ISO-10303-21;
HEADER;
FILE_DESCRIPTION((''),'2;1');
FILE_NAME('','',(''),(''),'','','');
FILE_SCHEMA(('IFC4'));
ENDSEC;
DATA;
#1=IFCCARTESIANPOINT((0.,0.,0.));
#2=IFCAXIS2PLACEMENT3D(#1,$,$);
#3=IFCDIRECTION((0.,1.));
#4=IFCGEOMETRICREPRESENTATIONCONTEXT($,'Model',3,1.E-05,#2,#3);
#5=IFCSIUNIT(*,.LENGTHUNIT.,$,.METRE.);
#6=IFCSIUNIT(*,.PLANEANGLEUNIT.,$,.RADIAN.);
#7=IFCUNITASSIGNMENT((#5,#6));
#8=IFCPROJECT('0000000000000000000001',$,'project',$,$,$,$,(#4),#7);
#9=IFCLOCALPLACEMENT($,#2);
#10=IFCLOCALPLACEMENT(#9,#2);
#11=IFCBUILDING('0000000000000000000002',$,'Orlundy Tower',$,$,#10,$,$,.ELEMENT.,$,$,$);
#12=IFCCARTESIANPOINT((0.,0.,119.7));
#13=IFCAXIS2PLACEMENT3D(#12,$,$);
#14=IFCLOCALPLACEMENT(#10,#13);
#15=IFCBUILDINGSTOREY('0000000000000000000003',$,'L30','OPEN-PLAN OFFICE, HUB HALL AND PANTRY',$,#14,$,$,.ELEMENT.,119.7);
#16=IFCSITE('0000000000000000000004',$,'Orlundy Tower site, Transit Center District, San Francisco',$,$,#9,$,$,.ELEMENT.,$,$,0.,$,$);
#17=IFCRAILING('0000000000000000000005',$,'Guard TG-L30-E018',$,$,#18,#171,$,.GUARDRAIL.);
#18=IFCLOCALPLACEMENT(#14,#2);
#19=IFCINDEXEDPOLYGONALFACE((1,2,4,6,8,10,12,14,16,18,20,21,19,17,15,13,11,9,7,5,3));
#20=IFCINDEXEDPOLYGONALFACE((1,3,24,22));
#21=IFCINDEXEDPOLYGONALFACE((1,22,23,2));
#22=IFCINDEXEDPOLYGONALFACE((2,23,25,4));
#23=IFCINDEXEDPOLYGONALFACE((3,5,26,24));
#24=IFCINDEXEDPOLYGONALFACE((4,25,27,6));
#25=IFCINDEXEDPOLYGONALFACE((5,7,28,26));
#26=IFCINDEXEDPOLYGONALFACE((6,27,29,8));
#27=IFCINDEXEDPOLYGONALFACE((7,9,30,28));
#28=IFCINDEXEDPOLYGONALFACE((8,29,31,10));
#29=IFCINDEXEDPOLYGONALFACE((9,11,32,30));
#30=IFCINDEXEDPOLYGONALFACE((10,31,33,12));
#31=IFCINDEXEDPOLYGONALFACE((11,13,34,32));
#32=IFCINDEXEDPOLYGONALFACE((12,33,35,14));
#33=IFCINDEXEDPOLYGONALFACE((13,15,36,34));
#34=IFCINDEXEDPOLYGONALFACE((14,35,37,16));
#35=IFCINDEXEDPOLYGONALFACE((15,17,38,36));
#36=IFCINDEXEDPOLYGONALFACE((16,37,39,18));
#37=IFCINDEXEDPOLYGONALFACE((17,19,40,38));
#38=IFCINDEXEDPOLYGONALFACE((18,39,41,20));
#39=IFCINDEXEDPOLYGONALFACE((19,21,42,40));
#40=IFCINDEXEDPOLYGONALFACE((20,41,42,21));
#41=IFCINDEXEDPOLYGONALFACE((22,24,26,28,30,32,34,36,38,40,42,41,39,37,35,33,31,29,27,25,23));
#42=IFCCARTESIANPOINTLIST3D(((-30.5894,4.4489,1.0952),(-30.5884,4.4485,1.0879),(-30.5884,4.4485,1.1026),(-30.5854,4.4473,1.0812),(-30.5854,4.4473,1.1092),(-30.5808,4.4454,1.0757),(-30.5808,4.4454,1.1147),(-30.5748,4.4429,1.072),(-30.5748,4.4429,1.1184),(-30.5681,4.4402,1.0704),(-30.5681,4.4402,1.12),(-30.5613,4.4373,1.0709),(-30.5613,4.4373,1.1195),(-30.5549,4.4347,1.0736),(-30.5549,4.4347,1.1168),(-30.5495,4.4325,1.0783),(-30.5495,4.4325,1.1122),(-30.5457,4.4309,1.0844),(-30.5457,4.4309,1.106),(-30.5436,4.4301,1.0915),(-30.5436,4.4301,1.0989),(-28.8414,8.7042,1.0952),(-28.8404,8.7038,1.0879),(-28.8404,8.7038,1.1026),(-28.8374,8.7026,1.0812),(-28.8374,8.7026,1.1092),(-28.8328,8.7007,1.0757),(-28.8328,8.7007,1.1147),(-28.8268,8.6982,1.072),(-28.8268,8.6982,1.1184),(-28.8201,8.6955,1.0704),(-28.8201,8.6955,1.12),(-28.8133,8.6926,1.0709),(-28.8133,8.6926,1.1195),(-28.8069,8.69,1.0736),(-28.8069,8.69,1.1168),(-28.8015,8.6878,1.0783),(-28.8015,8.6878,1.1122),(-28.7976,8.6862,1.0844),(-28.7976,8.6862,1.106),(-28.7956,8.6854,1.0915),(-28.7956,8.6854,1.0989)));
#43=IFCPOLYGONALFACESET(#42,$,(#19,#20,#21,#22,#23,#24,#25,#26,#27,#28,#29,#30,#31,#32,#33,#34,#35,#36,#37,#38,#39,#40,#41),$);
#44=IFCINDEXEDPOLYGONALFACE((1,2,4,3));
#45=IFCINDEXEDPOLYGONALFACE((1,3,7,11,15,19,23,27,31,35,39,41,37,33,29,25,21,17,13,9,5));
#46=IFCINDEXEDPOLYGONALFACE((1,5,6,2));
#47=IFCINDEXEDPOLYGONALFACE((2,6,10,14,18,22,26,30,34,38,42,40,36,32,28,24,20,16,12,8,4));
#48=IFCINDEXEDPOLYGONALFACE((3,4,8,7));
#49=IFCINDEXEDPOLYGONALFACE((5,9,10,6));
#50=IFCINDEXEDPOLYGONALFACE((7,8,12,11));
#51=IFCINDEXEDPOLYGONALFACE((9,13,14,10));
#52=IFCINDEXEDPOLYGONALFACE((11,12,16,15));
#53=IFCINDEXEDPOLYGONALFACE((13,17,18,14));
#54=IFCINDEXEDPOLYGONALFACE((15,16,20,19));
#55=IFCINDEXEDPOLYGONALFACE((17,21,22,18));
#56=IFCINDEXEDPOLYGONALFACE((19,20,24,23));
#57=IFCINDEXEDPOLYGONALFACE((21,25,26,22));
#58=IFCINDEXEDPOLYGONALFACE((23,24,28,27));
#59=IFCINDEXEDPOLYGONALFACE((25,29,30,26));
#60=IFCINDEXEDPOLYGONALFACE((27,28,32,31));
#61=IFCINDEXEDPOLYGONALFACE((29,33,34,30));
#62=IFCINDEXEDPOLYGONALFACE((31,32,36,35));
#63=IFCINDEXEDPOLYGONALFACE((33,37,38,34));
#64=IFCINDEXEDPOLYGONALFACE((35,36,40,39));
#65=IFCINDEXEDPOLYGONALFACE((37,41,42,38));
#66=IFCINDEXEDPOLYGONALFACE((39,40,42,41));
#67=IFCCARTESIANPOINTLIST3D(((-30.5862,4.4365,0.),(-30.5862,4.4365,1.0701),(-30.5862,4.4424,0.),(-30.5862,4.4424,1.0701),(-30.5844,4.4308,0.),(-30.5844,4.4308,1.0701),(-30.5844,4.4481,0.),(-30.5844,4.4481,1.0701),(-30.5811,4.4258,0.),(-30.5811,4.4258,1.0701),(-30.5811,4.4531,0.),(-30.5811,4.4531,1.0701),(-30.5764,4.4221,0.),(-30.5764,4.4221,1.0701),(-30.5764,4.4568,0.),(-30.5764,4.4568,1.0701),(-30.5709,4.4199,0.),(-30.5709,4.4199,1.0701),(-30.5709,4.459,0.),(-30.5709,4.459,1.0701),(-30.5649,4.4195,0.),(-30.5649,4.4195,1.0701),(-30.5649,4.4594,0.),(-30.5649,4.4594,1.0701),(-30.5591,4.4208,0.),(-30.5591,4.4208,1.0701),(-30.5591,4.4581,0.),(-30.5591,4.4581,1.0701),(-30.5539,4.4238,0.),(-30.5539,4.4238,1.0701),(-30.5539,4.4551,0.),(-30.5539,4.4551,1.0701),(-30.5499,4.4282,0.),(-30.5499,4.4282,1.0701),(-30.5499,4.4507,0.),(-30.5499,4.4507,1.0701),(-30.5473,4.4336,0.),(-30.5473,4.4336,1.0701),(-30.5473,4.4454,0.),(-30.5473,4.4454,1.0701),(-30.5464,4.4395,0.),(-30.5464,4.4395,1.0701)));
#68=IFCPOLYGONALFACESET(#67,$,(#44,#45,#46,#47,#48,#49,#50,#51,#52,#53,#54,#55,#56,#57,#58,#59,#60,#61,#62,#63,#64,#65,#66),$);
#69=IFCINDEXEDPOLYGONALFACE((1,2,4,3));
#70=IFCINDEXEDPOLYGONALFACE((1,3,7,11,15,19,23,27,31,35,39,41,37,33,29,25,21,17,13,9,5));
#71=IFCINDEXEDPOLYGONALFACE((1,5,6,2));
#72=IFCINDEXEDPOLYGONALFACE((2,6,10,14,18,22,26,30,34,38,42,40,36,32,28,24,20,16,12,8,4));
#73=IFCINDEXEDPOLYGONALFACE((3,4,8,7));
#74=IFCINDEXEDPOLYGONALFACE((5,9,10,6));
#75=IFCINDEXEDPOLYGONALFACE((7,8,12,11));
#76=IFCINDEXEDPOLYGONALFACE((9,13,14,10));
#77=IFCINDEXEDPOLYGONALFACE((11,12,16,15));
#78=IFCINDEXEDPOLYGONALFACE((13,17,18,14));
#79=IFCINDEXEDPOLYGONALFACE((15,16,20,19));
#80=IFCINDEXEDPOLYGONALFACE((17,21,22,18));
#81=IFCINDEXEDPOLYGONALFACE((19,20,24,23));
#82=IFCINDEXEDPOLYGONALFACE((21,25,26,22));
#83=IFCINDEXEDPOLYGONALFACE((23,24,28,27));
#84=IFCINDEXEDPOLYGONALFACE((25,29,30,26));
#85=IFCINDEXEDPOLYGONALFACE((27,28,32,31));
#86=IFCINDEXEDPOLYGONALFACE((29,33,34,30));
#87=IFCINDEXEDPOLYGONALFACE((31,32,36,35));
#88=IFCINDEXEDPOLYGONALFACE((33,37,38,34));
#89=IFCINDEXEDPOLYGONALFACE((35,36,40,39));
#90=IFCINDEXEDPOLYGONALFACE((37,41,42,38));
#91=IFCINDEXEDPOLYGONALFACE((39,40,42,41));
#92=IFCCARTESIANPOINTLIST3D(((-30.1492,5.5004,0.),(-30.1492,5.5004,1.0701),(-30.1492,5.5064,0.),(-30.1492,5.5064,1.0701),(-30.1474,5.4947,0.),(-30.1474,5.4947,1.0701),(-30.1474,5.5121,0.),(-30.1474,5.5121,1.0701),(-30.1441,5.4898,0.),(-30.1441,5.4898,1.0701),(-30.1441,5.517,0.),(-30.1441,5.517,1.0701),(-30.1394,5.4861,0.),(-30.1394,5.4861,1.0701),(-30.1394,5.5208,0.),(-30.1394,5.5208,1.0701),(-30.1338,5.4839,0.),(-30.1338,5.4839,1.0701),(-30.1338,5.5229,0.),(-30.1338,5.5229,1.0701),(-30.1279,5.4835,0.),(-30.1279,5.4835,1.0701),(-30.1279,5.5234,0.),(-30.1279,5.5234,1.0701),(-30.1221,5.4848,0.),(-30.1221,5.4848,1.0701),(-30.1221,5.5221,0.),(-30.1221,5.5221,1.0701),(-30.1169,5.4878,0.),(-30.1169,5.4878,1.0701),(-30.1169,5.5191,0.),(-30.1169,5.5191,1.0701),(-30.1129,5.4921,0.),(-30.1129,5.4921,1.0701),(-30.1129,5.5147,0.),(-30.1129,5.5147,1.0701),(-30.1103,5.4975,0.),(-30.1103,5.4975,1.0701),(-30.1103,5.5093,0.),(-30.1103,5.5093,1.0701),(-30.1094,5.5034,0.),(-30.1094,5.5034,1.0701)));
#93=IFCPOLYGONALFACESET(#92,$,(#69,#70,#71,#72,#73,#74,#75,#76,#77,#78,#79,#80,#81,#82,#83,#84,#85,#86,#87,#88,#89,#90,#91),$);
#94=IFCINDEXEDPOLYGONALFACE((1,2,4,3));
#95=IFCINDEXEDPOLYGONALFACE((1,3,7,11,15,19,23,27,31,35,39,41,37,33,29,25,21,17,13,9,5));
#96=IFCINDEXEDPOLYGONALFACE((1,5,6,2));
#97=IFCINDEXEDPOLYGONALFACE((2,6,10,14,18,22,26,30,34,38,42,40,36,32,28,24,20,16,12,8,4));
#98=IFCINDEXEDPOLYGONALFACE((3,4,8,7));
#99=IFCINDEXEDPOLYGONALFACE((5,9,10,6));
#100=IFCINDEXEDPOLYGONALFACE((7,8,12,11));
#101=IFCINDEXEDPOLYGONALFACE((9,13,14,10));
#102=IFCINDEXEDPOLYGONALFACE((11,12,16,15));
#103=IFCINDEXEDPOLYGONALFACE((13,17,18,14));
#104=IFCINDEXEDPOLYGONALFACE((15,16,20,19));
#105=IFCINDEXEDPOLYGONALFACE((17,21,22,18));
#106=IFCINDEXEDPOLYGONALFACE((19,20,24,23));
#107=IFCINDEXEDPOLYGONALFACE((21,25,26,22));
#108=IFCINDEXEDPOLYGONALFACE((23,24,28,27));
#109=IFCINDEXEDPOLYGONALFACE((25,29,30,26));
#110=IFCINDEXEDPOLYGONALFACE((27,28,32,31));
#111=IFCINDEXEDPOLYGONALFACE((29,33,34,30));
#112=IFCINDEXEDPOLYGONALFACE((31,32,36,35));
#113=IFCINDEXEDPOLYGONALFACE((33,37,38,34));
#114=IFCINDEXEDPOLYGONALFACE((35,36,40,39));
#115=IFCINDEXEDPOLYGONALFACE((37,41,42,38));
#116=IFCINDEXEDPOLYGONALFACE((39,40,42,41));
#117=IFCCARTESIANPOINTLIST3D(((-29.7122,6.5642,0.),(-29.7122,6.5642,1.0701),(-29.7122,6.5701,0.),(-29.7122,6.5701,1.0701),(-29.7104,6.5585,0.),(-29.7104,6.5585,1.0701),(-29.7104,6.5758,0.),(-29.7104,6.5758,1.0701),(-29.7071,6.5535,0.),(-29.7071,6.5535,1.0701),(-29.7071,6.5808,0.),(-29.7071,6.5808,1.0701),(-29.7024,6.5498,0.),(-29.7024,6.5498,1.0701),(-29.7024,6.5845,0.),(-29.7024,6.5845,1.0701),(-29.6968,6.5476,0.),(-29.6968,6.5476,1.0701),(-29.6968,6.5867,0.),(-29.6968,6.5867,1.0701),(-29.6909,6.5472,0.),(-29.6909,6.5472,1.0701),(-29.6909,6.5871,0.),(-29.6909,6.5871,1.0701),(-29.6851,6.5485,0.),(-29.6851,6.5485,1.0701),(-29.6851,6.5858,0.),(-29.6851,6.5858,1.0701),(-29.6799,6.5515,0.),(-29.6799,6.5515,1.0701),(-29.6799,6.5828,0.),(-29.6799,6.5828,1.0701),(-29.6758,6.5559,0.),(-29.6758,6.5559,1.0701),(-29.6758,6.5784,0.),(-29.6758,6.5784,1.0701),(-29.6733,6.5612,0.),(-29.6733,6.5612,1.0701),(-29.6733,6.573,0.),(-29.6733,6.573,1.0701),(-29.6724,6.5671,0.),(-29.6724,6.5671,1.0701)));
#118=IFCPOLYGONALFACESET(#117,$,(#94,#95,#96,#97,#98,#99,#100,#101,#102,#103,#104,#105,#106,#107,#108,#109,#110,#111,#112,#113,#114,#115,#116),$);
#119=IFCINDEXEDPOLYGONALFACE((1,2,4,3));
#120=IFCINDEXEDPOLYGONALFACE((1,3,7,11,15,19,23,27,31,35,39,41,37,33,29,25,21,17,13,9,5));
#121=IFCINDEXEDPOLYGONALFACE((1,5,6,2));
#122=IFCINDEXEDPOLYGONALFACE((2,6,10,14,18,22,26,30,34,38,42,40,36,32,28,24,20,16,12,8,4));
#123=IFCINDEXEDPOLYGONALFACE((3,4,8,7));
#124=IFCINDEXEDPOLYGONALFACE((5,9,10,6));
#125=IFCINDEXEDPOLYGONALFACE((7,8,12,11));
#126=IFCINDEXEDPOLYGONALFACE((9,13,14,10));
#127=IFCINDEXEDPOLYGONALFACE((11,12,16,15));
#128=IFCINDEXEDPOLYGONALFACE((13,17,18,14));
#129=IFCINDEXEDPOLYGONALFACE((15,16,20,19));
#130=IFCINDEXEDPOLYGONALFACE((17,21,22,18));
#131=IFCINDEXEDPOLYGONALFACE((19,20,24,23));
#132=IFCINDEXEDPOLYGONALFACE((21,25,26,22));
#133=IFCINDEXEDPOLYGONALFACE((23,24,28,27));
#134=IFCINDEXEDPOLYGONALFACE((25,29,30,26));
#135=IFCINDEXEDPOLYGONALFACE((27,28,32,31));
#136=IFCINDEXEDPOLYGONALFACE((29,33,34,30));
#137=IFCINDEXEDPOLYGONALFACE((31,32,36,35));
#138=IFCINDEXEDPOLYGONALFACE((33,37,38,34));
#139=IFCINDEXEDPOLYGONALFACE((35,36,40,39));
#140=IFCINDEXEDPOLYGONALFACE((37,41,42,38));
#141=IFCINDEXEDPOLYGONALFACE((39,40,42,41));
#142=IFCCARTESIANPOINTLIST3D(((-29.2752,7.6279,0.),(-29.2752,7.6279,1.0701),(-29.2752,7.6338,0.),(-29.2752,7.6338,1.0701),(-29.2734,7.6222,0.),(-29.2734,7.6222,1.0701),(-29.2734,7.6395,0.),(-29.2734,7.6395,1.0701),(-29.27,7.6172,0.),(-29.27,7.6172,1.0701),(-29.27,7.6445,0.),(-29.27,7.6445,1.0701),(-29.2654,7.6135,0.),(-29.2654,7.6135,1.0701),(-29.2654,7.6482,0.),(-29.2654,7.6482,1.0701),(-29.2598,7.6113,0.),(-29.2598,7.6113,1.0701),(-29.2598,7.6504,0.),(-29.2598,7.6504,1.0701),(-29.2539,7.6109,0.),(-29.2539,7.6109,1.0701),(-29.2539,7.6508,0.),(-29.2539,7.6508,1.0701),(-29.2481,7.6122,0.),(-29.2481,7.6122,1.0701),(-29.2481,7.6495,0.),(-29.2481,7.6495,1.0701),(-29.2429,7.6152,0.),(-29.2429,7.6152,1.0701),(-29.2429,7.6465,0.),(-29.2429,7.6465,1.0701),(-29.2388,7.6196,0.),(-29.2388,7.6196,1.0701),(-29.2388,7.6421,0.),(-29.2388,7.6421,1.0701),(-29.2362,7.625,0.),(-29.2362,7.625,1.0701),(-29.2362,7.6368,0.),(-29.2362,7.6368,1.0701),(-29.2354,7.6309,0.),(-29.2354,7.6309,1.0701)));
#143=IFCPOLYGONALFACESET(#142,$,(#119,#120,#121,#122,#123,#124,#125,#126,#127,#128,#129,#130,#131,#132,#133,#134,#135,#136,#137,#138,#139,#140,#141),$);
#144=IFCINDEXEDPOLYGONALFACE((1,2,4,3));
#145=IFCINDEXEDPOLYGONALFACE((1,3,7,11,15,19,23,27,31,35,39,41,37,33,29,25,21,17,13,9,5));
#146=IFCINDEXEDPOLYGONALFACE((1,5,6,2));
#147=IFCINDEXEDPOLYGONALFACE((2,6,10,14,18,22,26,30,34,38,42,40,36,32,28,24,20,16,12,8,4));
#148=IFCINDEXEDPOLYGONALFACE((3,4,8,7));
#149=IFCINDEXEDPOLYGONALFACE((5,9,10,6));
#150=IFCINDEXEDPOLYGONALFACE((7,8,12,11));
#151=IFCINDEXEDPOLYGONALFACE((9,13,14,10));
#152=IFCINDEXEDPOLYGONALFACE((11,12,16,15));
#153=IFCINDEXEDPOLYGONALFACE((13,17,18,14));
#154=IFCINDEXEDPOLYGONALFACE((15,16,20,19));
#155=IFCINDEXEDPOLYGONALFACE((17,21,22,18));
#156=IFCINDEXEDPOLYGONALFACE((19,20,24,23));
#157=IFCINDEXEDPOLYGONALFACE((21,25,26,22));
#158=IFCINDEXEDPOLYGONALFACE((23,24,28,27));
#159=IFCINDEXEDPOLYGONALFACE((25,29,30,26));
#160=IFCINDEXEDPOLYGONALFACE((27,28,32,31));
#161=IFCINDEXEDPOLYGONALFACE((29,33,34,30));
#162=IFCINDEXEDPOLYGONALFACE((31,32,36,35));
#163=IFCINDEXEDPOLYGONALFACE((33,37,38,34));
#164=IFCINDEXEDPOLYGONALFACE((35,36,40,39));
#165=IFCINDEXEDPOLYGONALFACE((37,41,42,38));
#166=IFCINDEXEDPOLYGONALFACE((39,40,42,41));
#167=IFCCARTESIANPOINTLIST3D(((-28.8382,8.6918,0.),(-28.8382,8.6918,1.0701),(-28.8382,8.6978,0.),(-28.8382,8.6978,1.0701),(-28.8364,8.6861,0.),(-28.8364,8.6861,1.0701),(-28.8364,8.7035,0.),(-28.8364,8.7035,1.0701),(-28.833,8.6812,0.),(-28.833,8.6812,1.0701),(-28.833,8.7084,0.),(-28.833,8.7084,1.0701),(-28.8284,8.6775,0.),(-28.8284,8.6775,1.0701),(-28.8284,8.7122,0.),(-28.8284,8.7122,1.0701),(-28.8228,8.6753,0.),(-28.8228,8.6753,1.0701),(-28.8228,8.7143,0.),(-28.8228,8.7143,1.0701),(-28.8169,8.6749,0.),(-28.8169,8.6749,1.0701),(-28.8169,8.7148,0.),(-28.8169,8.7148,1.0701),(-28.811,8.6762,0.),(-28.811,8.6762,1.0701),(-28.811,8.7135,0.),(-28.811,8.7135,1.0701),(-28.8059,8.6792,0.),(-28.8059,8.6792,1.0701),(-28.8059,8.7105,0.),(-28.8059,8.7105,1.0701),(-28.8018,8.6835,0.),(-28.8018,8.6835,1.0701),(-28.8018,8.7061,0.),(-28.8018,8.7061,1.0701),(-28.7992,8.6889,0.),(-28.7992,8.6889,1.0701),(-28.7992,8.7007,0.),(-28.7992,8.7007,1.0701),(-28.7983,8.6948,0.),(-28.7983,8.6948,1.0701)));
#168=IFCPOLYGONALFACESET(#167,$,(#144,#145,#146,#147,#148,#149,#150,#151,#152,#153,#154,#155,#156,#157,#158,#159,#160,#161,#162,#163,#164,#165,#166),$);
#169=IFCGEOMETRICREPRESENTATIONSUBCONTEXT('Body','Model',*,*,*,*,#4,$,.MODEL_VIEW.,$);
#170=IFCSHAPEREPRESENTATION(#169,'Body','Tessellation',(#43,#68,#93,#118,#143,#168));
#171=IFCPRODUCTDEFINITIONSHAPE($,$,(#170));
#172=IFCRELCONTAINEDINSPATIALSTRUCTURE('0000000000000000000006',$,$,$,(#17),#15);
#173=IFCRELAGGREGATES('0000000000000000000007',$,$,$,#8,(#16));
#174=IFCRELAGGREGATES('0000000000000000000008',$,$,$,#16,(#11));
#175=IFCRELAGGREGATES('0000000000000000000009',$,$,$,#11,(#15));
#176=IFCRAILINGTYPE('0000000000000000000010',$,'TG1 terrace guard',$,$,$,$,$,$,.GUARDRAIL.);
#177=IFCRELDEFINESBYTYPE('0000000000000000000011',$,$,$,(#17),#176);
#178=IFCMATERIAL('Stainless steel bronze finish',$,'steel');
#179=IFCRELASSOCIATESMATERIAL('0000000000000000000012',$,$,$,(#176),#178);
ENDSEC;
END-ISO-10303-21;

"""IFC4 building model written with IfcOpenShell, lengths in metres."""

from ifc_helpers import new_model, si_unit, direction, frame, origin, origin_2d, place, context, subcontext, project, spatial, circle, extrude, material, type_object, element, save


model = new_model("IFC4")

# Units and contexts
model_context = context("Model", 3, precision=1e-05, world=origin(), true_north=direction((0.0, 1.0)))
body_context = subcontext(model_context, "Body", "Model", "MODEL_VIEW")
ifc_project = project(units=[si_unit("LENGTHUNIT", "METRE"), si_unit("PLANEANGLEUNIT", "RADIAN")], contexts=[model_context])

# Site, building, storey
site_placement = place(None, origin())
site = spatial("IfcSite", under=ifc_project, at=site_placement, Name="Orlundy Tower site, Transit Center District, San Francisco", CompositionType="ELEMENT", RefElevation=0.0)
building_placement = place(site_placement, origin())
building = spatial("IfcBuilding", under=site, at=building_placement, Name="Orlundy Tower", CompositionType="ELEMENT")
storey_placement = place(building_placement, frame((0.0, 0.0, 119.7)))
storey = spatial("IfcBuildingStorey", under=building, at=storey_placement, Name="L30", Description="OPEN-PLAN OFFICE, HUB HALL AND PANTRY", CompositionType="ELEMENT", Elevation=119.7)

# Railing
ifc_material_1 = material(Name="Stainless steel bronze finish", Category="steel")
railing_type_1 = type_object("IfcRailingType", Name="TG1 terrace guard", PredefinedType="GUARDRAIL", material=ifc_material_1)
railing_1_placement = place(storey_placement, frame((-30.5664, 4.4395, 0.0)))
element("IfcRailing", 1, at=railing_1_placement, inside=storey, type_object=railing_type_1, Name="Guard TG-L30-E018", PredefinedType="GUARDRAIL", context=body_context, shape_type="SweptSolid", body=[
    extrude(circle(Radius=0.0249, at=origin_2d()), frame((0.0, 0.0, 1.0952), z_axis=(0.379976, 0.924997, 0.0), x_axis=(-0.924997, 0.379976, 0.0)), (0.0, 0.0, 1.0), 4.6003),
    extrude(circle(Radius=0.02, at=origin_2d()), origin(), (0.0, 0.0, 1.0), 1.0701),
    extrude(circle(Radius=0.02, at=origin_2d()), frame((0.437, 1.064, 0.0)), (0.0, 0.0, 1.0), 1.0701),
    extrude(circle(Radius=0.02, at=origin_2d()), frame((0.874, 2.1277, 0.0)), (0.0, 0.0, 1.0), 1.0701),
    extrude(circle(Radius=0.02, at=origin_2d()), frame((1.311, 3.1914, 0.0)), (0.0, 0.0, 1.0), 1.0701),
    extrude(circle(Radius=0.02, at=origin_2d()), frame((1.748, 4.2554, 0.0)), (0.0, 0.0, 1.0), 1.0701),
])

save(model, "model.ifc")
